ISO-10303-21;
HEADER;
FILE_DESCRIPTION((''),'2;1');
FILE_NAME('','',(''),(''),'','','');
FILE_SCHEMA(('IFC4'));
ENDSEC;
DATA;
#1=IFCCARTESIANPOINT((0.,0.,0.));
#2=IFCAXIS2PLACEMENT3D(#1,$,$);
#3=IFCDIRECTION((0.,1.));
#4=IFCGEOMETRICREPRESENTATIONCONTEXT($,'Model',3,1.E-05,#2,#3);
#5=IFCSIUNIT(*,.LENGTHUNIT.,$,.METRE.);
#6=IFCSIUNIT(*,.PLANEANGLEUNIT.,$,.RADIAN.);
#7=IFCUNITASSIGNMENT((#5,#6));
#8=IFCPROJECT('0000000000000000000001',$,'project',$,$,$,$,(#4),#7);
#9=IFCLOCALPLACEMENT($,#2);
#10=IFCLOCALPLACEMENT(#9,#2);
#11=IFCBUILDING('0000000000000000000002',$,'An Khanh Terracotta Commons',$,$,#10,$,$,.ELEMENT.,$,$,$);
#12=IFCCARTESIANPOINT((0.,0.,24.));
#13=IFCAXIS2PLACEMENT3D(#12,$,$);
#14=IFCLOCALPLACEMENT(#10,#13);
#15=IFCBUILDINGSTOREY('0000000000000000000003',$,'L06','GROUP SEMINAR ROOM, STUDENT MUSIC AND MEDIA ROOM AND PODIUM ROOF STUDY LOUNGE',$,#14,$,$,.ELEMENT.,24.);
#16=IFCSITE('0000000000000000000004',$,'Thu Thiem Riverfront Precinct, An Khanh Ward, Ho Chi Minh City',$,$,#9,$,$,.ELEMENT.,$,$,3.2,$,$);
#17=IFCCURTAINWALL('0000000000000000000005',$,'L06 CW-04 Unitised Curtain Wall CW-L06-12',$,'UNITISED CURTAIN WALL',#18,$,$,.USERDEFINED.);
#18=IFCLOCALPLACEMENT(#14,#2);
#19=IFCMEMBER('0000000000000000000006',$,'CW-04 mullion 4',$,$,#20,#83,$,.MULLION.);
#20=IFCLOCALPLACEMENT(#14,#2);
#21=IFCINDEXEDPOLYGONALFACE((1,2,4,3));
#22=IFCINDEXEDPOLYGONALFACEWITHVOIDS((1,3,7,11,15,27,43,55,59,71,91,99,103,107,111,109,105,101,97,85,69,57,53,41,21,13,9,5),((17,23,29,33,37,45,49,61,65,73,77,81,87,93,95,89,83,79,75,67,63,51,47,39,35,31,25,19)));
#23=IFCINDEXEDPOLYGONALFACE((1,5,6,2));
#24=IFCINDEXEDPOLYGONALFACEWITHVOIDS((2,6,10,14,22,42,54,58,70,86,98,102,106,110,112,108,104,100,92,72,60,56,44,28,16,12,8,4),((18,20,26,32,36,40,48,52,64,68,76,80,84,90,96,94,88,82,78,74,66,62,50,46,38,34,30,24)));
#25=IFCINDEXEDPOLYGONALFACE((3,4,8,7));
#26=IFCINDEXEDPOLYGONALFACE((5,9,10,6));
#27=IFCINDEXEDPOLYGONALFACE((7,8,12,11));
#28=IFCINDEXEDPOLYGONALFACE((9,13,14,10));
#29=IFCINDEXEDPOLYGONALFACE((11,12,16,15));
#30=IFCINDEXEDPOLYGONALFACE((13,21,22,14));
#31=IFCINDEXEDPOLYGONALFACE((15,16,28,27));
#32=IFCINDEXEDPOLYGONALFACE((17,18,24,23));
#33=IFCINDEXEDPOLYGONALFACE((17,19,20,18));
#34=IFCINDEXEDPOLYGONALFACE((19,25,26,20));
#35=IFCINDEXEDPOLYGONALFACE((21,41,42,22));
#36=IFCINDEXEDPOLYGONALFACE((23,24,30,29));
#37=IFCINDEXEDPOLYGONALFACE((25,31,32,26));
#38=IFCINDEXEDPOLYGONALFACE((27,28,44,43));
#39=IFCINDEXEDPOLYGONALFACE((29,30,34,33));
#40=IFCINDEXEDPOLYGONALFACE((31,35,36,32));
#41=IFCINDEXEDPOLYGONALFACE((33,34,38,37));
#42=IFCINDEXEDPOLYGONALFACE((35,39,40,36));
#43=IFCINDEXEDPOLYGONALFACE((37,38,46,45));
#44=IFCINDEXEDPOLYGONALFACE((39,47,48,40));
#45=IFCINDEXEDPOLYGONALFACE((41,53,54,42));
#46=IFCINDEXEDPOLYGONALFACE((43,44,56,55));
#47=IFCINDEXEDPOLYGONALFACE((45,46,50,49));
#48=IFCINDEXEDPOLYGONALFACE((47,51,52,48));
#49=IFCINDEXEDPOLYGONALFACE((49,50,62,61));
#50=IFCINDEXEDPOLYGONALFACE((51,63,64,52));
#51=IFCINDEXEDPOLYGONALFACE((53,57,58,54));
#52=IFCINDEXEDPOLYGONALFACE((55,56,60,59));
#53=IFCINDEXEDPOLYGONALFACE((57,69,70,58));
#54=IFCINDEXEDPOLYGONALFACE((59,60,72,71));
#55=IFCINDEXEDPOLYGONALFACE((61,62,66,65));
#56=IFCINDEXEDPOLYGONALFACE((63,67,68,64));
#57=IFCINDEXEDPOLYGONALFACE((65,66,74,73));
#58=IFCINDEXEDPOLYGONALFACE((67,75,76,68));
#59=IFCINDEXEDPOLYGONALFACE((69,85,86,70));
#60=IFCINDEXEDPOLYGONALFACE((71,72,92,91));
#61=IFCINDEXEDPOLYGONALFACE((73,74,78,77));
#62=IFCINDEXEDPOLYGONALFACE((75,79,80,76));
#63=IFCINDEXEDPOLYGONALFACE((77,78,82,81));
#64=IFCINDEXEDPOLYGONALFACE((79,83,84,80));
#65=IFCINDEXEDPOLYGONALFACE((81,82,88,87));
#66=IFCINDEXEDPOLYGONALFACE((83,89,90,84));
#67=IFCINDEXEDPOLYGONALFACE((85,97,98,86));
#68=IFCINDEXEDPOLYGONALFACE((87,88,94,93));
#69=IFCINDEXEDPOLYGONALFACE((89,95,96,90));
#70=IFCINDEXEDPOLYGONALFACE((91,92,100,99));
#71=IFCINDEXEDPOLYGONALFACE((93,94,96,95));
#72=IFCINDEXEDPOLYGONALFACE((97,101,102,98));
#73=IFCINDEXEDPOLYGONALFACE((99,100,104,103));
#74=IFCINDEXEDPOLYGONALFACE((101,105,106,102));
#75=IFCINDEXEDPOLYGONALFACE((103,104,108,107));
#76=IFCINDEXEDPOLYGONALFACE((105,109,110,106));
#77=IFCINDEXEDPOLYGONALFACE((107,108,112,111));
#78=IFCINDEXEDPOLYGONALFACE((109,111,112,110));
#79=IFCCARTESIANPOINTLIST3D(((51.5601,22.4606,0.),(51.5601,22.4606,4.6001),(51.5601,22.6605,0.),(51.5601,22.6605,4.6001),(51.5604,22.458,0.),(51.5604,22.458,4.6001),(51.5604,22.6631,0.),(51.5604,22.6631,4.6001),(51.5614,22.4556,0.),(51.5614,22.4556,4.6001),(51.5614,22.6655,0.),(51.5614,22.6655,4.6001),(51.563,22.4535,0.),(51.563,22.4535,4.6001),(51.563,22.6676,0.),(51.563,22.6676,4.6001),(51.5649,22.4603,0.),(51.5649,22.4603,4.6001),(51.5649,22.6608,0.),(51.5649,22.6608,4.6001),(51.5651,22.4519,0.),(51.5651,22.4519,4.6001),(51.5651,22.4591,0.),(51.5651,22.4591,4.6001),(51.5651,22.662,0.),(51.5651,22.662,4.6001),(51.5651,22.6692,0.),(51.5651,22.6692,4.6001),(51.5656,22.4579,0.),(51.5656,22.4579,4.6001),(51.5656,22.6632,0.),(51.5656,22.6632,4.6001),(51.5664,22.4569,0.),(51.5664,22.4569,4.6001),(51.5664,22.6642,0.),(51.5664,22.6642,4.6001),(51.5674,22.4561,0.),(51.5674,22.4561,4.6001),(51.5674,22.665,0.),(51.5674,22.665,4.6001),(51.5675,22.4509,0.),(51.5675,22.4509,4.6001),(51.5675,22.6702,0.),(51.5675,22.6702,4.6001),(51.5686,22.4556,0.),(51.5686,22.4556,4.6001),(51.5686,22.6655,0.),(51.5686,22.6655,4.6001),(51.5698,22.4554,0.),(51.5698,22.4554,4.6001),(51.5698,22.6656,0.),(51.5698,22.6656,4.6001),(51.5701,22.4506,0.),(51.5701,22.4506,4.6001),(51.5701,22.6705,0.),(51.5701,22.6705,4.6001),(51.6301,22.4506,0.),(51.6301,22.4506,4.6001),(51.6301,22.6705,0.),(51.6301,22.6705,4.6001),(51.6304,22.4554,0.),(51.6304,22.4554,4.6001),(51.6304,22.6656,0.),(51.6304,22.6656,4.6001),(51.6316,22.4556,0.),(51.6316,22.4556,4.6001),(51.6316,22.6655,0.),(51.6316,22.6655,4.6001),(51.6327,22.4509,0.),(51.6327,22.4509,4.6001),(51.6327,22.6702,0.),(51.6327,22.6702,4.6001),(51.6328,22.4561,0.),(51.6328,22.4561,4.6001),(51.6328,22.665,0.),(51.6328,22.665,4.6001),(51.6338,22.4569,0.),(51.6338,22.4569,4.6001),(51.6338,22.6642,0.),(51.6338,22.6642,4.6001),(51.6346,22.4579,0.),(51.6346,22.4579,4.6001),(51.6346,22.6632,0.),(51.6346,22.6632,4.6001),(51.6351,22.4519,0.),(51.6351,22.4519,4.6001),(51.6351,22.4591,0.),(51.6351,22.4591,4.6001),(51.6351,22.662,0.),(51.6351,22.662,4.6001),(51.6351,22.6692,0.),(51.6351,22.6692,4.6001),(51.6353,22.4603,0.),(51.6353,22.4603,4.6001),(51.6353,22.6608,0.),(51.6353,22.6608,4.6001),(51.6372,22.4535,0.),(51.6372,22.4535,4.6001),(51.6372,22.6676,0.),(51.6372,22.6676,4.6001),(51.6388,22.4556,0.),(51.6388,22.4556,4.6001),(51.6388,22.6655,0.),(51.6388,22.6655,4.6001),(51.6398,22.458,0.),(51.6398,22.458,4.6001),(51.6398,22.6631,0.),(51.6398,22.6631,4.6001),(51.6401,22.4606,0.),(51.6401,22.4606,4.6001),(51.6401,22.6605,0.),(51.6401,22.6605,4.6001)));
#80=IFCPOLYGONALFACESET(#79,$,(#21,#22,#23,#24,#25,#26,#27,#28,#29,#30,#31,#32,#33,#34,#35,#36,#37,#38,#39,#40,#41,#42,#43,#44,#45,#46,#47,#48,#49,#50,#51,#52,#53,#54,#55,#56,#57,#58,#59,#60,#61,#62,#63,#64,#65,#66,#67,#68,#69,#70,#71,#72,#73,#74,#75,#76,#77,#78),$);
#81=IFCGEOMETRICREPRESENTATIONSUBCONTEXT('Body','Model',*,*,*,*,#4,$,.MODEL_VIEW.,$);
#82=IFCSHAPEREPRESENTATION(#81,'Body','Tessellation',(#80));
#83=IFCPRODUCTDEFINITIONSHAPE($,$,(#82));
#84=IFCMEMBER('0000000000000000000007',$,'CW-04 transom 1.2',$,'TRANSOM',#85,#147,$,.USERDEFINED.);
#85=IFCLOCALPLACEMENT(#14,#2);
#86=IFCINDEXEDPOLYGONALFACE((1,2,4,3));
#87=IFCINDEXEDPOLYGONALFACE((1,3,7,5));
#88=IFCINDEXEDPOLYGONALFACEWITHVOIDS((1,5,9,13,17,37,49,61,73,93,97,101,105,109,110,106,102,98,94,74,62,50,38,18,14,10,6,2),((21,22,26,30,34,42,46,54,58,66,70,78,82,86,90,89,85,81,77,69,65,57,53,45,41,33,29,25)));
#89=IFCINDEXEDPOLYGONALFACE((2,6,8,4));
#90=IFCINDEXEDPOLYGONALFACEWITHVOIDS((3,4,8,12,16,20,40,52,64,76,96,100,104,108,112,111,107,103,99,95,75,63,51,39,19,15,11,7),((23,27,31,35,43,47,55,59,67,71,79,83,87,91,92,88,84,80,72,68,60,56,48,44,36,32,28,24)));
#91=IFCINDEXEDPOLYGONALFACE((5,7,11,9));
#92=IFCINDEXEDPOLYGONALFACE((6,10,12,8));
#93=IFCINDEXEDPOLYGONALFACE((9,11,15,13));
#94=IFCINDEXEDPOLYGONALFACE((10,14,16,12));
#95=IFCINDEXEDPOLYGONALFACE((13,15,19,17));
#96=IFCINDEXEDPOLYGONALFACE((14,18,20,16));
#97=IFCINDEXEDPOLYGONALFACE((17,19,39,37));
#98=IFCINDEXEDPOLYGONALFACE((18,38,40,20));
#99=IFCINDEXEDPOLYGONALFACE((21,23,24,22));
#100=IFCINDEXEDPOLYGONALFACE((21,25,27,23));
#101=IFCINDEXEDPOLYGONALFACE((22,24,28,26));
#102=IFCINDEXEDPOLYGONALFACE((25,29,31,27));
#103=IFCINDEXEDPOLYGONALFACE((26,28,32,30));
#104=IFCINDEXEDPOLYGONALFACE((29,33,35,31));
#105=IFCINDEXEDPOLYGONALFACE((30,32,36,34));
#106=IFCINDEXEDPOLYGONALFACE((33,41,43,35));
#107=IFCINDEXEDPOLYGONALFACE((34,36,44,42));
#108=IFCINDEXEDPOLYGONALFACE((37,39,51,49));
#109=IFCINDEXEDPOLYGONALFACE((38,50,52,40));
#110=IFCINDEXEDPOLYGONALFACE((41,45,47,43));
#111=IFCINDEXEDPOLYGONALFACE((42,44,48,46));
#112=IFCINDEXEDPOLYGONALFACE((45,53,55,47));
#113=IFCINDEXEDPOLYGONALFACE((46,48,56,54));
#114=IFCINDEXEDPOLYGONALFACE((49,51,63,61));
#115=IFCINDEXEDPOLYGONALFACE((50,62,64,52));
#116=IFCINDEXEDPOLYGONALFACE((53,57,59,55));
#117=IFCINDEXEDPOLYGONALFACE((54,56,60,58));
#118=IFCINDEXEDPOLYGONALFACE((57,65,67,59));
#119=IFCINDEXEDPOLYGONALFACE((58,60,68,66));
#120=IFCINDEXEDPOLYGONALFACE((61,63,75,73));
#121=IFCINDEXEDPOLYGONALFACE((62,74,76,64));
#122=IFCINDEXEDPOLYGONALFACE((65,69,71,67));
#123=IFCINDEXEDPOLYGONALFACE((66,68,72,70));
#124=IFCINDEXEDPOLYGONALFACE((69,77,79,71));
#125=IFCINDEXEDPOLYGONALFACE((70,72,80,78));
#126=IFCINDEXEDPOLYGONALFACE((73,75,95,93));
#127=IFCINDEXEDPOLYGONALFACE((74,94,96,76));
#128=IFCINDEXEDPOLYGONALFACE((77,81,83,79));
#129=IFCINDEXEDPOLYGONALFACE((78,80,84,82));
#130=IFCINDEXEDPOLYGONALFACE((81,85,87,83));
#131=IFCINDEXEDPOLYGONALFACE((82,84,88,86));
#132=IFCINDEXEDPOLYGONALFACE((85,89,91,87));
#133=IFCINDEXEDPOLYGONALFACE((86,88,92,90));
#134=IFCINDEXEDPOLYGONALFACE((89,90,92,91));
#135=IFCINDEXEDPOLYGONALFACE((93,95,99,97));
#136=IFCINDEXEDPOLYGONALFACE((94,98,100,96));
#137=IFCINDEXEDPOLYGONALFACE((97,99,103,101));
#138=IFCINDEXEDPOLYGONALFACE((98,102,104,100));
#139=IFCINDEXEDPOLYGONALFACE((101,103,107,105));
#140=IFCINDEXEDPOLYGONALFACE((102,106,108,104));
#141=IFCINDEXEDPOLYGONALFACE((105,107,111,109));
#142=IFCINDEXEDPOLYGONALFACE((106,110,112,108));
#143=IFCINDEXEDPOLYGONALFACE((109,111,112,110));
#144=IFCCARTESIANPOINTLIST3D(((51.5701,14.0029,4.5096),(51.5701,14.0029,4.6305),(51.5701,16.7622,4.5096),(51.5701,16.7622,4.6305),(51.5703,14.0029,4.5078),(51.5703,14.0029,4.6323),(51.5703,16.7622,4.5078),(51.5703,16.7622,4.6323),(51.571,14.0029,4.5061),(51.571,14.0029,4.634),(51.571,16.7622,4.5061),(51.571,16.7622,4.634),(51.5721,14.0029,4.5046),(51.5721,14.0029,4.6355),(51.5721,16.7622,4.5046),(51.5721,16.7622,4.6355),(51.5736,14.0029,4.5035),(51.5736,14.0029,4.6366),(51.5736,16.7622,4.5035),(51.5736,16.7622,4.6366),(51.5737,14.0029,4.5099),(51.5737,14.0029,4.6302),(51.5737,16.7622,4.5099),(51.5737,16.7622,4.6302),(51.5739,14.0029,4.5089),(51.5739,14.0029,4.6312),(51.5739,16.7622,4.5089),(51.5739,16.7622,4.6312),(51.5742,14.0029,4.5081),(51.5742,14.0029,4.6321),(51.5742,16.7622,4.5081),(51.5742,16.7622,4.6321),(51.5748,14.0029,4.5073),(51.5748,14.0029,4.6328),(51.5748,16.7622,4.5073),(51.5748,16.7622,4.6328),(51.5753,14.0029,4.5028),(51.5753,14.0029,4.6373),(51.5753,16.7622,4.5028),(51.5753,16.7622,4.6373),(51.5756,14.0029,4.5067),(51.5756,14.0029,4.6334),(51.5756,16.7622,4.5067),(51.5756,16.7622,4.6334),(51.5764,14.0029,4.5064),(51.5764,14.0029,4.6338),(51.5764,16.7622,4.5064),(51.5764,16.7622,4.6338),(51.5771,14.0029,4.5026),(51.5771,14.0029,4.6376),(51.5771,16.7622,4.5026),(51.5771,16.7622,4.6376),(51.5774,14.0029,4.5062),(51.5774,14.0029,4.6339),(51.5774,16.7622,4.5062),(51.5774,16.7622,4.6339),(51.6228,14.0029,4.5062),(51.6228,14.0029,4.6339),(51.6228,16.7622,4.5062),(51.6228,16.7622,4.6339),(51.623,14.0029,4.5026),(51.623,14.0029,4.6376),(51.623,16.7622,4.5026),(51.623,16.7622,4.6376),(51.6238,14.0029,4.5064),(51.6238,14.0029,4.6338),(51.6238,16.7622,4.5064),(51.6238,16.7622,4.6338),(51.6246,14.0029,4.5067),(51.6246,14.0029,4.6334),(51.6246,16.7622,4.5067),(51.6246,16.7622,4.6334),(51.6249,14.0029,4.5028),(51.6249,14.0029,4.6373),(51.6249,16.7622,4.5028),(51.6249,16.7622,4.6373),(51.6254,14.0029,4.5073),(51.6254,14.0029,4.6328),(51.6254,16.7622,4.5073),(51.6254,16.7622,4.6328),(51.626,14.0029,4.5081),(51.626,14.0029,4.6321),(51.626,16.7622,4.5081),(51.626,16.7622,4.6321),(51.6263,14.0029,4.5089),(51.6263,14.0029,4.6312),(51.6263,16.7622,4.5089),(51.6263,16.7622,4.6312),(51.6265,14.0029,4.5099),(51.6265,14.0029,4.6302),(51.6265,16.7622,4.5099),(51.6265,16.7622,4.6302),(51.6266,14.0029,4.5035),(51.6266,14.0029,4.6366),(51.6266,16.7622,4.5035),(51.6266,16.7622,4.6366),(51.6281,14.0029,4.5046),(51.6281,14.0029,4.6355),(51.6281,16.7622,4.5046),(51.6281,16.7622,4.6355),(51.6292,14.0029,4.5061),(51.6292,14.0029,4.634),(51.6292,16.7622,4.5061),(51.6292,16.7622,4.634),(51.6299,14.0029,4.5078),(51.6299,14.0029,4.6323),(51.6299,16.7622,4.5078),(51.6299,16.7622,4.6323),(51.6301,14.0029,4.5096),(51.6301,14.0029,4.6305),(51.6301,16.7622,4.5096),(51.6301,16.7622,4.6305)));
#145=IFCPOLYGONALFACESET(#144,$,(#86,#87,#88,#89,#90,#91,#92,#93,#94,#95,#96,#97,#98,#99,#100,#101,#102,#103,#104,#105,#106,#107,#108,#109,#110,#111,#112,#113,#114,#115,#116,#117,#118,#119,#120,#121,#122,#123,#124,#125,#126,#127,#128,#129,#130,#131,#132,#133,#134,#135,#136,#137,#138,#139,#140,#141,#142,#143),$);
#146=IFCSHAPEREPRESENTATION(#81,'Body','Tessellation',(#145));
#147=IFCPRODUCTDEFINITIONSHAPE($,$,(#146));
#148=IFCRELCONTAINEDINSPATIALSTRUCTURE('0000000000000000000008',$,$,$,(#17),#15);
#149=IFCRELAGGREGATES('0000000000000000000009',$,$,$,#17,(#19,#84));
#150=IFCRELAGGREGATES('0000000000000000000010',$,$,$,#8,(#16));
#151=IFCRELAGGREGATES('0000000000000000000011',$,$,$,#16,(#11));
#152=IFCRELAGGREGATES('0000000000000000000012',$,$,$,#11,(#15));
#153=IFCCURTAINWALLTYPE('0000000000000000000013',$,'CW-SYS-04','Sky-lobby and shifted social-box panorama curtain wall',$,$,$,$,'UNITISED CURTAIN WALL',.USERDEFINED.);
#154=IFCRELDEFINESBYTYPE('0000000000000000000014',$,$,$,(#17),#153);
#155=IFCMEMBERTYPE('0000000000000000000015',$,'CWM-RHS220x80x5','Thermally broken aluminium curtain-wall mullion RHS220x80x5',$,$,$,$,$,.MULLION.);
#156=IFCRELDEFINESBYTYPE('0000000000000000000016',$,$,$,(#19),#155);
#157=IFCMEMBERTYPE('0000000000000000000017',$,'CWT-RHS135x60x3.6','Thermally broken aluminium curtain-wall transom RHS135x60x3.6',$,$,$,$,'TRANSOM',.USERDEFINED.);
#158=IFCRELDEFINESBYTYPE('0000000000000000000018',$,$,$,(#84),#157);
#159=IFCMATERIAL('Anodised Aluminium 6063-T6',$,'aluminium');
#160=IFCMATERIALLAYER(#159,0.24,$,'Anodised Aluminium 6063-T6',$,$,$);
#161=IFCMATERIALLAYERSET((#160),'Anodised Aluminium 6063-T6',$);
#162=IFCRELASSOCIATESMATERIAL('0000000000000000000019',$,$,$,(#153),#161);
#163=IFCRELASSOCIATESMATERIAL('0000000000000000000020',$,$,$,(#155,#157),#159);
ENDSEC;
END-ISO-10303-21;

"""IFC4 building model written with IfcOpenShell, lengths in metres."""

from ifc_helpers import new_model, si_unit, direction, frame, origin, origin_2d, place, context, subcontext, project, spatial, hollow_rectangle, extrude, material, layer, layer_set, material_profile, profile_set, type_object, element, aggregate, save


model = new_model("IFC4")

# Units and contexts
model_context = context("Model", 3, precision=1e-05, world=origin(), true_north=direction((0.0, 1.0)))
body_context = subcontext(model_context, "Body", "Model", "MODEL_VIEW")
ifc_project = project(units=[si_unit("LENGTHUNIT", "METRE"), si_unit("PLANEANGLEUNIT", "RADIAN")], contexts=[model_context])

# Site, building, storey
site_placement = place(None, origin())
site = spatial("IfcSite", under=ifc_project, at=site_placement, Name="Thu Thiem Riverfront Precinct, An Khanh Ward, Ho Chi Minh City", CompositionType="ELEMENT", RefElevation=3.2)
building_placement = place(site_placement, origin())
building = spatial("IfcBuilding", under=site, at=building_placement, Name="An Khanh Terracotta Commons", CompositionType="ELEMENT")
storey_placement = place(building_placement, frame((0.0, 0.0, 24.0)))
storey = spatial("IfcBuildingStorey", under=building, at=storey_placement, Name="L06", Description="GROUP SEMINAR ROOM, STUDENT MUSIC AND MEDIA ROOM AND PODIUM ROOF STUDY LOUNGE", CompositionType="ELEMENT", Elevation=24.0)

# Curtain wall, members
ifc_material_1 = material(Name="Anodised Aluminium 6063-T6", Category="aluminium")
ifc_layer_1 = layer(ifc_material_1, 0.24, Name="Anodised Aluminium 6063-T6")
ifc_layer_set_1 = layer_set([ifc_layer_1], Name="Anodised Aluminium 6063-T6")
curtain_wall_type = type_object("IfcCurtainWallType", Name="CW-SYS-04", Description="Sky-lobby and shifted social-box panorama curtain wall", ElementType="UNITISED CURTAIN WALL", PredefinedType="USERDEFINED", material=ifc_layer_set_1)
curtain_wall_placement = place(storey_placement, origin())
curtain_wall = element("IfcCurtainWall", 1, at=curtain_wall_placement, inside=storey, type_object=curtain_wall_type, Name="L06 CW-04 Unitised Curtain Wall CW-L06-12", ObjectType="UNITISED CURTAIN WALL", PredefinedType="USERDEFINED")
ifc_material_profile_1 = material_profile(ifc_material_1, hollow_rectangle(XDim=0.0801, YDim=0.22, WallThickness=0.0049, InnerFilletRadius=0.0049, OuterFilletRadius=0.01, at=origin_2d()), Name="RHS220x80x5")
ifc_profile_set_1 = profile_set([ifc_material_profile_1], Name="Anodised Aluminium 6063-T6")
member_type_1 = type_object("IfcMemberType", Name="CWM-RHS220x80x5", Description="Thermally broken aluminium curtain-wall mullion RHS220x80x5", PredefinedType="MULLION", material=ifc_profile_set_1)
member_1_placement = place(storey_placement, frame((51.6001, 22.5605, 0.0), z_axis=(0.0, 0.0, 1.0), x_axis=(-1.0, 0.0, 0.0)))
member_1 = element("IfcMember", 2, at=member_1_placement, type_object=member_type_1, Name="CW-04 mullion 4", PredefinedType="MULLION", context=body_context, shape_type="SweptSolid", body=[
    extrude(hollow_rectangle(XDim=0.0801, YDim=0.22, WallThickness=0.0049, InnerFilletRadius=0.0049, OuterFilletRadius=0.01, at=origin_2d()), origin(), (0.0, 0.0, 1.0), 4.6001),
])
ifc_material_profile_2 = material_profile(ifc_material_1, hollow_rectangle(XDim=0.0601, YDim=0.135, WallThickness=0.0037, InnerFilletRadius=0.0037, OuterFilletRadius=0.0071, at=origin_2d()), Name="RHS135x60x3.6")
ifc_profile_set_2 = profile_set([ifc_material_profile_2], Name="Anodised Aluminium 6063-T6")
member_type_2 = type_object("IfcMemberType", Name="CWT-RHS135x60x3.6", Description="Thermally broken aluminium curtain-wall transom RHS135x60x3.6", ElementType="TRANSOM", PredefinedType="USERDEFINED", material=ifc_profile_set_2)
member_2_placement = place(storey_placement, frame((51.6001, 14.0029, 4.5701), z_axis=(0.0, 1.0, 0.0), x_axis=(-1.0, 0.0, 0.0)))
member_2 = element("IfcMember", 3, at=member_2_placement, type_object=member_type_2, Name="CW-04 transom 1.2", ObjectType="TRANSOM", PredefinedType="USERDEFINED", context=body_context, shape_type="SweptSolid", body=[
    extrude(hollow_rectangle(XDim=0.0601, YDim=0.135, WallThickness=0.0037, InnerFilletRadius=0.0037, OuterFilletRadius=0.0071, at=origin_2d()), origin(), (0.0, 0.0, 1.0), 2.7593),
])
aggregate(curtain_wall, [member_1, member_2])

save(model, "model.ifc")
